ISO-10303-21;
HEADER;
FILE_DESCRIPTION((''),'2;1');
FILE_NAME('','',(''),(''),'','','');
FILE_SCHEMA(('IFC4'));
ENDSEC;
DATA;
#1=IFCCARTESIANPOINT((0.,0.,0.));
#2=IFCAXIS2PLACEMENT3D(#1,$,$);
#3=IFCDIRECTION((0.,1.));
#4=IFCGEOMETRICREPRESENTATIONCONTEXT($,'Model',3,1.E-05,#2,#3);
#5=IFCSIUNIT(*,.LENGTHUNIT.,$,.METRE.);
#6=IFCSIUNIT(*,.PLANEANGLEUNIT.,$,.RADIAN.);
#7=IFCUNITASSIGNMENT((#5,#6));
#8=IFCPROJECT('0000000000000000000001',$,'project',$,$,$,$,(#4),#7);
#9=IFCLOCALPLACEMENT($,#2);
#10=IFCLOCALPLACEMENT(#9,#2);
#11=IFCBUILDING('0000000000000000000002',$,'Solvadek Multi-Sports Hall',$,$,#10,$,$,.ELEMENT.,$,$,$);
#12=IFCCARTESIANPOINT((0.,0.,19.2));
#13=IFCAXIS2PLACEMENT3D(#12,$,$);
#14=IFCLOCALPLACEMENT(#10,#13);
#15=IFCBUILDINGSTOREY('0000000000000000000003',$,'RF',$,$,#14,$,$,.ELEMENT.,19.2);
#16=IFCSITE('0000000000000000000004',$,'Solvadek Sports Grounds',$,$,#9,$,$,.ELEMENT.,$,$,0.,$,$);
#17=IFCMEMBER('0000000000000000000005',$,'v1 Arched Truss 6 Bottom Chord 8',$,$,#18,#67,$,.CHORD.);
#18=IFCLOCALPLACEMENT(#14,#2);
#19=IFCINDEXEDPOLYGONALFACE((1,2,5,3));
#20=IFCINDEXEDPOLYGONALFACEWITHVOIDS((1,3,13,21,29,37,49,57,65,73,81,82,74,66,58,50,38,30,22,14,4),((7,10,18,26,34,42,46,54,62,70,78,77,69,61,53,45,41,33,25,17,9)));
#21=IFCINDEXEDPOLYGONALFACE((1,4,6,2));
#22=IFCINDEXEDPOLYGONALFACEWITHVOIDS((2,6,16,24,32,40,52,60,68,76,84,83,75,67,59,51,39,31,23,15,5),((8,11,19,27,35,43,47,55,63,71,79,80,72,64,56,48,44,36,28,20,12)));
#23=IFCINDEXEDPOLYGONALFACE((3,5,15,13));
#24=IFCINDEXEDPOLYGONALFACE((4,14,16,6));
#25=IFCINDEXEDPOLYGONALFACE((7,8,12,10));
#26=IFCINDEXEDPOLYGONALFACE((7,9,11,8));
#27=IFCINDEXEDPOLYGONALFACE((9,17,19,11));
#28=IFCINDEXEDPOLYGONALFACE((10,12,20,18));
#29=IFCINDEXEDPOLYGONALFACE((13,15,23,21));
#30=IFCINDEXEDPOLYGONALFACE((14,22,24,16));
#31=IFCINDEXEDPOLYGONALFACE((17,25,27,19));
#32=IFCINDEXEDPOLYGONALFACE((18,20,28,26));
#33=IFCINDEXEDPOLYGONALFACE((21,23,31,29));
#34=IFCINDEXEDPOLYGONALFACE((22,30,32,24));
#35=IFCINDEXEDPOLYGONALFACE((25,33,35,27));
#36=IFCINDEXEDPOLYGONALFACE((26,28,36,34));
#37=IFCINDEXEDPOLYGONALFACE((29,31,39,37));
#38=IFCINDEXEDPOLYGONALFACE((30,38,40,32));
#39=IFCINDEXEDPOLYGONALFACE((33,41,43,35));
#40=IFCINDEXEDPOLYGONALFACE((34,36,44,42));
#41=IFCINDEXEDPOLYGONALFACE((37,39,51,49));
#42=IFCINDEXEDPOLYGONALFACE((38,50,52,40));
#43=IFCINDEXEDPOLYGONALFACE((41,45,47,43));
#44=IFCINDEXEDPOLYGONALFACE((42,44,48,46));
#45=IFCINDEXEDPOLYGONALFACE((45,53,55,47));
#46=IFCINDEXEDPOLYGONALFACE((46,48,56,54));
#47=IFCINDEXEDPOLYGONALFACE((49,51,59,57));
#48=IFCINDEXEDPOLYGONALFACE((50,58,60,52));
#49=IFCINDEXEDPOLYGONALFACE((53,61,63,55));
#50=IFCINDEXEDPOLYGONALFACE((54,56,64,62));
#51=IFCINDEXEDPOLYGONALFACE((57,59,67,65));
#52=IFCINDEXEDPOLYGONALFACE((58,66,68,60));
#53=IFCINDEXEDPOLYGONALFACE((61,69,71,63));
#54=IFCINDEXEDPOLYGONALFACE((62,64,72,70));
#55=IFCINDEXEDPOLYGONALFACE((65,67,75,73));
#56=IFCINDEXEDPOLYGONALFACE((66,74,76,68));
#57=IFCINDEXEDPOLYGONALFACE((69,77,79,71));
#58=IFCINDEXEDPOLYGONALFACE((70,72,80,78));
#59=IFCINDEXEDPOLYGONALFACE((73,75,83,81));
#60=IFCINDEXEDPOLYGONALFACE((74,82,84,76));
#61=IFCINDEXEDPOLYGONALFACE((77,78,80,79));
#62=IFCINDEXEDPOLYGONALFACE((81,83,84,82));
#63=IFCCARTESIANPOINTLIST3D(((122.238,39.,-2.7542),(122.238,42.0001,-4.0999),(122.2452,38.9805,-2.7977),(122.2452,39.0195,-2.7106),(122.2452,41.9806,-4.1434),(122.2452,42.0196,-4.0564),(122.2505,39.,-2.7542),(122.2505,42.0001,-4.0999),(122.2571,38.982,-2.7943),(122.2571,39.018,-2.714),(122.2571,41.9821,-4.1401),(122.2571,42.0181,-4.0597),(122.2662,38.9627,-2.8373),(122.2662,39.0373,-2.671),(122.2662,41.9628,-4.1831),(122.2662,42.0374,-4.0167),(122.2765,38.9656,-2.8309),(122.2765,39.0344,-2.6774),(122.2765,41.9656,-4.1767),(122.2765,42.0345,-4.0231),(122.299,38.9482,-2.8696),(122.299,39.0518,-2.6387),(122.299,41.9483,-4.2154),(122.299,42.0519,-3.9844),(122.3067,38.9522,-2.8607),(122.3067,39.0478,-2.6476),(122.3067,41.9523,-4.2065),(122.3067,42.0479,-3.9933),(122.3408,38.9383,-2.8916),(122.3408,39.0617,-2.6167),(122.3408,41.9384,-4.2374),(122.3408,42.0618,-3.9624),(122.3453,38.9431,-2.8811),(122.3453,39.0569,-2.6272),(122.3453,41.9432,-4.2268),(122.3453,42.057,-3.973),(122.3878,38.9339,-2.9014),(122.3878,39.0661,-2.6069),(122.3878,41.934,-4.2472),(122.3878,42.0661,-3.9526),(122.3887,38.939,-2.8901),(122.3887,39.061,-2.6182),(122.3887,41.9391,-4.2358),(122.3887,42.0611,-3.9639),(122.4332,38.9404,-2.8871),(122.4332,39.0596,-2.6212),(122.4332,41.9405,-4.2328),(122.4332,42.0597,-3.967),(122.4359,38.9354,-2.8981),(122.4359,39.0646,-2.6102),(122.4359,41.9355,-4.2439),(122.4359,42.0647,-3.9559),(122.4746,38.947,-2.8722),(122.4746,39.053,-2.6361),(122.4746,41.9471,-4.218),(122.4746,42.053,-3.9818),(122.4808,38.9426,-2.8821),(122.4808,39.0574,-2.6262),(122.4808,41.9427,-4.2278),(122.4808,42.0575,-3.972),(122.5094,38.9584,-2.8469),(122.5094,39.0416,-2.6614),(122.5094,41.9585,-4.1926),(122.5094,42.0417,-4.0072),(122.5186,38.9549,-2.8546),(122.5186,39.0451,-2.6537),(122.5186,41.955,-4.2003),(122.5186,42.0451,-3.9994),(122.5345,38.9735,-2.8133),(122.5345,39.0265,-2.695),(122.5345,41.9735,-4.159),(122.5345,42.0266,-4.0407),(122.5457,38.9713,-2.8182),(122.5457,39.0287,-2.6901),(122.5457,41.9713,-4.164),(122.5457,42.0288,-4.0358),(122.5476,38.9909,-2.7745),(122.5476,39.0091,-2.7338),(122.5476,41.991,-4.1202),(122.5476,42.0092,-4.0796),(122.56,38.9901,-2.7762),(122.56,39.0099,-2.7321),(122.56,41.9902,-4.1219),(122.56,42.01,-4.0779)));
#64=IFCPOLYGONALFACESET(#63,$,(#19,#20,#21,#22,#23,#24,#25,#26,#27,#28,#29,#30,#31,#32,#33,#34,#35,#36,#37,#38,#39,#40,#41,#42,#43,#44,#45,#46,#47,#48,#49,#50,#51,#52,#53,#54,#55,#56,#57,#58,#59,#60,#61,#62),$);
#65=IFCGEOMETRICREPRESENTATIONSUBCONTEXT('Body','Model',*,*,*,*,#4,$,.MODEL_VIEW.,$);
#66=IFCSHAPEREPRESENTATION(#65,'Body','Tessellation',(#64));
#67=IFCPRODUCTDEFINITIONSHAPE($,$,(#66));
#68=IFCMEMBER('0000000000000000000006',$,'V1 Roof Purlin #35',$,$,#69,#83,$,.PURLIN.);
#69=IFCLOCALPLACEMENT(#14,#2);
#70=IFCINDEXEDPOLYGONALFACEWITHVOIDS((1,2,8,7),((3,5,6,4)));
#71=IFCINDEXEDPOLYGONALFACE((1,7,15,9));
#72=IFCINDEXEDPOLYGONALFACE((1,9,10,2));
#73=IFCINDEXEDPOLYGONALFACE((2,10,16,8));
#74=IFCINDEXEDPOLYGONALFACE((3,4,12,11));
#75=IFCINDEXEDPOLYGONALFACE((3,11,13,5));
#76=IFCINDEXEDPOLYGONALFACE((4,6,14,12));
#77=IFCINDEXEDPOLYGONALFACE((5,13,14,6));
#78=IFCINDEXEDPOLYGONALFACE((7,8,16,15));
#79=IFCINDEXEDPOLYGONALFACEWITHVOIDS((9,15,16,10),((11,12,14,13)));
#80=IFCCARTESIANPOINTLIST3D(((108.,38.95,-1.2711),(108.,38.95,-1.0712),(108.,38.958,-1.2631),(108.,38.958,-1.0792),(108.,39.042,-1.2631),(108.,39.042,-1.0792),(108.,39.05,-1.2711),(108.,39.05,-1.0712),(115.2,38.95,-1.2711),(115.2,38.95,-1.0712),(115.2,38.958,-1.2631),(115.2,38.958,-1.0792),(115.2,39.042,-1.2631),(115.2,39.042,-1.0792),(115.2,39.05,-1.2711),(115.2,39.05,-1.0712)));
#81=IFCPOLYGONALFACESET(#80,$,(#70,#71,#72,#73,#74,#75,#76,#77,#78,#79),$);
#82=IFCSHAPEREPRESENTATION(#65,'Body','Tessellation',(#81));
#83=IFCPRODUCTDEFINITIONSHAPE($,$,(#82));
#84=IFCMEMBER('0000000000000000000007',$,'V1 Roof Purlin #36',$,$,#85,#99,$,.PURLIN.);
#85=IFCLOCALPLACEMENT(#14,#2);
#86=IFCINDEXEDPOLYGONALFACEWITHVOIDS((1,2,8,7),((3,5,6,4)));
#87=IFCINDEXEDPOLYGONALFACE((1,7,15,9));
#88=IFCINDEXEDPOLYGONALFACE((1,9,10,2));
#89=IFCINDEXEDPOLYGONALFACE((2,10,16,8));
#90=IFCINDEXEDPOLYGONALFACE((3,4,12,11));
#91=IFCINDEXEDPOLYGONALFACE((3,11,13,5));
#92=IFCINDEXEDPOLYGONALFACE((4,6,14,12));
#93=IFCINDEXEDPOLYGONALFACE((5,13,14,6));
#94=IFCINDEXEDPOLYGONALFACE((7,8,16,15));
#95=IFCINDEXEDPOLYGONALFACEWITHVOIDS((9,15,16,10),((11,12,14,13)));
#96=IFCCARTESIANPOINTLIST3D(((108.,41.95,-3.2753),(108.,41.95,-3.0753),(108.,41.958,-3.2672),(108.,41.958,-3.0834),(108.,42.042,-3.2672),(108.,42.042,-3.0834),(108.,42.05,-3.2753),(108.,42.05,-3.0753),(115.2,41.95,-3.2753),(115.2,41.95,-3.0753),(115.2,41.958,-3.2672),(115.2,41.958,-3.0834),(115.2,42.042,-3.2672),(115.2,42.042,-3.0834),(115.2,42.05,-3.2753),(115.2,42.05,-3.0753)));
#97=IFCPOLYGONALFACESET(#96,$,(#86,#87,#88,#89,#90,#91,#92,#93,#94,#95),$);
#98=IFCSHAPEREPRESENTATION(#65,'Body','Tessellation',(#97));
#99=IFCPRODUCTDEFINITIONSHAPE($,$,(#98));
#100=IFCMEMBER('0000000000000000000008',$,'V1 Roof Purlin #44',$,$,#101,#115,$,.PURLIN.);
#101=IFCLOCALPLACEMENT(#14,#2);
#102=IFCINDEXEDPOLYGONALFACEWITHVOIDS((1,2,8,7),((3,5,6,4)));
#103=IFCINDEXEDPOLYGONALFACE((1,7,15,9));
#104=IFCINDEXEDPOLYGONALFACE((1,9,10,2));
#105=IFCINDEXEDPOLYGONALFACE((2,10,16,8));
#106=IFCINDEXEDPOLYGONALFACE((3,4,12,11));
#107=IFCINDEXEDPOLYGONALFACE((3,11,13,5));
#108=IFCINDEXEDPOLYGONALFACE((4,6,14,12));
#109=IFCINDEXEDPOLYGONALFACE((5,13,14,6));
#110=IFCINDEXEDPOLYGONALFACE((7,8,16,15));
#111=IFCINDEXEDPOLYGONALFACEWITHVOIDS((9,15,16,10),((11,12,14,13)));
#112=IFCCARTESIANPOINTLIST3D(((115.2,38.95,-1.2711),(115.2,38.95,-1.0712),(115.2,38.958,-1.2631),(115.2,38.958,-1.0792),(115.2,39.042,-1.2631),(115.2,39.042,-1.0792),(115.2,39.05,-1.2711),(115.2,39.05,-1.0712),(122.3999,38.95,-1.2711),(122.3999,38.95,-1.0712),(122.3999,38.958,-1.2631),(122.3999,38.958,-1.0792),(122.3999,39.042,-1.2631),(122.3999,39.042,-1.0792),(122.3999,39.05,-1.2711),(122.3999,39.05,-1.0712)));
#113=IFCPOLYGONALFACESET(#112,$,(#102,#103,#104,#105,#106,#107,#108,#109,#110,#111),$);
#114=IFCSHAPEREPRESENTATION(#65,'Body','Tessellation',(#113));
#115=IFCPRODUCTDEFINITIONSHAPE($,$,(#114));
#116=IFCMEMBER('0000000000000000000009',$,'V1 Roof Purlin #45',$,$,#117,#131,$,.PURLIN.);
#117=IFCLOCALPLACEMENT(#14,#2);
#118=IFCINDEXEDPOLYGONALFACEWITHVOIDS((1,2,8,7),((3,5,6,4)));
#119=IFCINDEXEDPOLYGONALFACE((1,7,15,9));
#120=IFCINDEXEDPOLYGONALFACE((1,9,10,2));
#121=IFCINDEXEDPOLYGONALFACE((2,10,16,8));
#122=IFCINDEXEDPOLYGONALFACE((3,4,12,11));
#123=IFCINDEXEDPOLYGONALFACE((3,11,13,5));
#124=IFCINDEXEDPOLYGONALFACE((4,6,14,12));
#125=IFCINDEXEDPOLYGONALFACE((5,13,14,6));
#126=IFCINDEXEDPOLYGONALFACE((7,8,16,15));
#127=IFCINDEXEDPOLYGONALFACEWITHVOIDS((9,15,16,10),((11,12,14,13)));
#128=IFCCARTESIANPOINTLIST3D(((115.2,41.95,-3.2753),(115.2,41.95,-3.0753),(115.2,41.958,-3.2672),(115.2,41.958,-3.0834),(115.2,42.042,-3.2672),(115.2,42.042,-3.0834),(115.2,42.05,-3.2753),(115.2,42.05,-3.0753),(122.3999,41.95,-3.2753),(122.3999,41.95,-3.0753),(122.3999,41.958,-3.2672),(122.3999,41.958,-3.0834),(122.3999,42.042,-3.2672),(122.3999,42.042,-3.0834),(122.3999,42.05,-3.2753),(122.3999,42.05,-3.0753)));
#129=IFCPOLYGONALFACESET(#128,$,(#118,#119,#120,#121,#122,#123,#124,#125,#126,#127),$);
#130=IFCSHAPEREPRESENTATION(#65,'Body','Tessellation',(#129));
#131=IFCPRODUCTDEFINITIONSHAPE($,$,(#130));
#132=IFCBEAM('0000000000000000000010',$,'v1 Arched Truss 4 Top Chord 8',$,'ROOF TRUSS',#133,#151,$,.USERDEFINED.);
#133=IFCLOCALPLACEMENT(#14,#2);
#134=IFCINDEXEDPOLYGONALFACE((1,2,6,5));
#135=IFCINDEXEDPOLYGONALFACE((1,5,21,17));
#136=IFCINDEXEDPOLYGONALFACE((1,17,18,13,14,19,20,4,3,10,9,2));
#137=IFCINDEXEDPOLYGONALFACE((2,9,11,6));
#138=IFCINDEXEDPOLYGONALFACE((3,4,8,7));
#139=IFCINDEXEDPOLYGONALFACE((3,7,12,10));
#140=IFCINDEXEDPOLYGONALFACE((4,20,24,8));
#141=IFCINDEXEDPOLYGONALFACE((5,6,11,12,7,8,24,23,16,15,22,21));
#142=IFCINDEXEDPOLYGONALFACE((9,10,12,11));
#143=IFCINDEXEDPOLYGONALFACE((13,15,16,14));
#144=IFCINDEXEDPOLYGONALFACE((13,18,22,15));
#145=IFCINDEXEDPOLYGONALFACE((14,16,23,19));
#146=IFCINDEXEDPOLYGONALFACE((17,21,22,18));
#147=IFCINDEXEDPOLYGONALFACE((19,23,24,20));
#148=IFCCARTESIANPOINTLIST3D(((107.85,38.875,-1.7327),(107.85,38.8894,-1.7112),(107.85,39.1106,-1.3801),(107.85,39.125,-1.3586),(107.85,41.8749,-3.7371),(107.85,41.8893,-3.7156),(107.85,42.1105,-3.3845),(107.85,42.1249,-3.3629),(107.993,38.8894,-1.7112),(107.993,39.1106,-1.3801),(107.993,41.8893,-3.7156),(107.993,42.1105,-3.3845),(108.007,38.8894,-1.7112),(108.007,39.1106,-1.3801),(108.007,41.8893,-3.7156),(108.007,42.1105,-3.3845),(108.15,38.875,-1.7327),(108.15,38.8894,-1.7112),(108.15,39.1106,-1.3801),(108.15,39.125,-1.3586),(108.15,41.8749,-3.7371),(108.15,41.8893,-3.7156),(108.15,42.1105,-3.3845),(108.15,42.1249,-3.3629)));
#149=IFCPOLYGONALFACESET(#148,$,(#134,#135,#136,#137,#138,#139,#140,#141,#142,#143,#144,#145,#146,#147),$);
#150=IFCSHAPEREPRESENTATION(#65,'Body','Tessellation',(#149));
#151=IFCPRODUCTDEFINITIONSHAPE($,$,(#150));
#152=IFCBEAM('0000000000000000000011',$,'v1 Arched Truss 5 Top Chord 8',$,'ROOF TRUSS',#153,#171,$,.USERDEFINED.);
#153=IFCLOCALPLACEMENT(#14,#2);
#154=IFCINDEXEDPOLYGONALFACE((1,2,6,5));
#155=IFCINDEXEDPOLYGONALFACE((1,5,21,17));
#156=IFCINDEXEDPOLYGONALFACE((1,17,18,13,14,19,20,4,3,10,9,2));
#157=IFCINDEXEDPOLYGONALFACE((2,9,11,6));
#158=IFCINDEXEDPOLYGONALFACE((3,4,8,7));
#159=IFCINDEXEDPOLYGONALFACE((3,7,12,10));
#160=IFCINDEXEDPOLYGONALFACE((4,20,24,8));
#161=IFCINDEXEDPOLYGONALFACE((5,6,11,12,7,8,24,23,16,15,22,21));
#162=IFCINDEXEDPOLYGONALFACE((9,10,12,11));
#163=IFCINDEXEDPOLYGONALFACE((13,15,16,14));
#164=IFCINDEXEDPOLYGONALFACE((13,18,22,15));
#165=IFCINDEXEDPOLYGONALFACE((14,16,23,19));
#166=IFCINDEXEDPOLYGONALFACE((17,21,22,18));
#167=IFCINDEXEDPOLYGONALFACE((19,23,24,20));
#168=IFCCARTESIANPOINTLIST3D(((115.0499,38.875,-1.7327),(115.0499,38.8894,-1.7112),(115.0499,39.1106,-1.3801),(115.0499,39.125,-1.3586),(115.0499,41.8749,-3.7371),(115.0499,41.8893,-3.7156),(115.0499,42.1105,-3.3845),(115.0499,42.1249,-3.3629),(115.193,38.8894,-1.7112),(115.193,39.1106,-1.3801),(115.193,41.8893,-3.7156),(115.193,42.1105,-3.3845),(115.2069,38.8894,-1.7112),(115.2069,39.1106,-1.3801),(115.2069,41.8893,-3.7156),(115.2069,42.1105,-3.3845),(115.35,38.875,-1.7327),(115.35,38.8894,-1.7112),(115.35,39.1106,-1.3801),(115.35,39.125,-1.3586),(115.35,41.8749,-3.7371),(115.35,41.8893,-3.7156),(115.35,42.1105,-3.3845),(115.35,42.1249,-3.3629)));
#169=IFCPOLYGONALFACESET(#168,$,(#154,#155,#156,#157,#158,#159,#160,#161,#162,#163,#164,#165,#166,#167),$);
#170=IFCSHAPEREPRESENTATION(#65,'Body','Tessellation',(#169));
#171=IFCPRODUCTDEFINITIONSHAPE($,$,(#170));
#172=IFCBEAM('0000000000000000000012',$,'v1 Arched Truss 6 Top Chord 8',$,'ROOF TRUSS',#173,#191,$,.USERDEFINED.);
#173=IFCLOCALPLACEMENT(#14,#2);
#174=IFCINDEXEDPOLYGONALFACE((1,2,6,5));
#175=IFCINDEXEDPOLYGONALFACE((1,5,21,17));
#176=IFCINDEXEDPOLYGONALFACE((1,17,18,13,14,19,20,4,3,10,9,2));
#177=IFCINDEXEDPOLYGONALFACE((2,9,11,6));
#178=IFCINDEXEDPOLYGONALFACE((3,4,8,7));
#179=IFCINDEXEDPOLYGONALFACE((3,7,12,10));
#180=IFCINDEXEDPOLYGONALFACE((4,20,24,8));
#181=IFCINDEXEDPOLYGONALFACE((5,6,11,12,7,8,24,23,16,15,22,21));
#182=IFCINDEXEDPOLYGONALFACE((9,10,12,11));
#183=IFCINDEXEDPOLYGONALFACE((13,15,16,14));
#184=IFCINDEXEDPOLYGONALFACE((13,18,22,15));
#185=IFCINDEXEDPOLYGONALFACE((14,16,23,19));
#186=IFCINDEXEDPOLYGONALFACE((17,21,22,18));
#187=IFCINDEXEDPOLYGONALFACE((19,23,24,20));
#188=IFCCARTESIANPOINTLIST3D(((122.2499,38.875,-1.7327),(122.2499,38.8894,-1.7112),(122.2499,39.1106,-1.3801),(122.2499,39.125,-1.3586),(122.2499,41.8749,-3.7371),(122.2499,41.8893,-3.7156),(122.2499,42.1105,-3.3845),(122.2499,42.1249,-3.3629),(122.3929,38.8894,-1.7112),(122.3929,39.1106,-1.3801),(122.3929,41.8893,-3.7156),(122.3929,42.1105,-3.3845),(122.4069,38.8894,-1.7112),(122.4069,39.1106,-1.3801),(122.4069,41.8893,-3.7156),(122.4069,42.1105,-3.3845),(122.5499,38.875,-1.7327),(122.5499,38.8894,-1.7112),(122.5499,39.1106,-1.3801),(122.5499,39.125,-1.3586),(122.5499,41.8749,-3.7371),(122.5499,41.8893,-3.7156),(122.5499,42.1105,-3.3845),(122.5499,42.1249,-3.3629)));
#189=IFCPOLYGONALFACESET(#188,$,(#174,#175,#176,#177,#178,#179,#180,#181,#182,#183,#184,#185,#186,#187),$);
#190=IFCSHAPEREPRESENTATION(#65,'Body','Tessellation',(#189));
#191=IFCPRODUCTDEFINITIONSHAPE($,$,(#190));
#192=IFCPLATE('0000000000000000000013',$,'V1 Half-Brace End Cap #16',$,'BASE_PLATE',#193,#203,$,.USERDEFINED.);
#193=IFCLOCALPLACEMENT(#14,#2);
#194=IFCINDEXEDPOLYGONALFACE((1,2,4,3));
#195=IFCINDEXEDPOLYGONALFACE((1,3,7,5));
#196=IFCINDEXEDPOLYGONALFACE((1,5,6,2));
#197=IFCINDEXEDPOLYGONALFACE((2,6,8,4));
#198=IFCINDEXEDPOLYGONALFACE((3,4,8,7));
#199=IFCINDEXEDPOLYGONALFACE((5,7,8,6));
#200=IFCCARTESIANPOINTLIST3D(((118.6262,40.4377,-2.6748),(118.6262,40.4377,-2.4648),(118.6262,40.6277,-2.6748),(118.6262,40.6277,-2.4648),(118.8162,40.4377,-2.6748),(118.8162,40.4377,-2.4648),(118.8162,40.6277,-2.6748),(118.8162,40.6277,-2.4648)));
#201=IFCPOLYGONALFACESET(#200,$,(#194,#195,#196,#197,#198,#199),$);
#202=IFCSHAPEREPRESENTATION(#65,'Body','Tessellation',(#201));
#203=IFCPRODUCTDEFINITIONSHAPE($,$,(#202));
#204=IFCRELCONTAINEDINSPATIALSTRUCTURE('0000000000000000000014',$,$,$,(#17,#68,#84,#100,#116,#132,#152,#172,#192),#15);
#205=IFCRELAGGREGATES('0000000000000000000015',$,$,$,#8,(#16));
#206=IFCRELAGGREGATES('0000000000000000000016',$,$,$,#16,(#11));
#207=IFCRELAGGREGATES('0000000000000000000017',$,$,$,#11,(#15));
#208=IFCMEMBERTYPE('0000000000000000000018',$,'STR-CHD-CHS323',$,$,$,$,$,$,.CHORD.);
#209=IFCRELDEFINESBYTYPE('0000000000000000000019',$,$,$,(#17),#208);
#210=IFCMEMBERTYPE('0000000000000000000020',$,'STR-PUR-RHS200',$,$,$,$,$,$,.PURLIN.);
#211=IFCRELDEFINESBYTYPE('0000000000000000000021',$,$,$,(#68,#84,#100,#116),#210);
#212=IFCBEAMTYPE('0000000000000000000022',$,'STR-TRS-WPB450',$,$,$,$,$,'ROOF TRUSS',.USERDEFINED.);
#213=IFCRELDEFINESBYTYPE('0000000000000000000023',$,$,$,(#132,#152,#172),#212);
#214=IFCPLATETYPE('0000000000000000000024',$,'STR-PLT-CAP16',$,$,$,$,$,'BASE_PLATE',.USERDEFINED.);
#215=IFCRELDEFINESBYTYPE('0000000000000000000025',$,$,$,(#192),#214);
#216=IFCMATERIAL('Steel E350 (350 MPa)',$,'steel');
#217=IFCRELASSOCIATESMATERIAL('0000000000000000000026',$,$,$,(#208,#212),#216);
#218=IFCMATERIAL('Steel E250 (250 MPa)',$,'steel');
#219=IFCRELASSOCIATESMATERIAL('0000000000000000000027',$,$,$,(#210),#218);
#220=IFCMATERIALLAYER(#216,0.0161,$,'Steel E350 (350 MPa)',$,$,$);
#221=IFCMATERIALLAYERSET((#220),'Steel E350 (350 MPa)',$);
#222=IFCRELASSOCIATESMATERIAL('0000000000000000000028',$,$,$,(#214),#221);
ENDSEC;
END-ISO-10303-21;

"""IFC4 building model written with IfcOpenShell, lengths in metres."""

from ifc_helpers import new_model, si_unit, direction, frame, origin, origin_2d, place, context, subcontext, project, spatial, rectangle, hollow_rectangle, hollow_circle, i_section, extrude, material, layer, layer_set, material_profile, profile_set, type_object, element, save


model = new_model("IFC4")

# Units and contexts
model_context = context("Model", 3, precision=1e-05, world=origin(), true_north=direction((0.0, 1.0)))
body_context = subcontext(model_context, "Body", "Model", "MODEL_VIEW")
ifc_project = project(units=[si_unit("LENGTHUNIT", "METRE"), si_unit("PLANEANGLEUNIT", "RADIAN")], contexts=[model_context])

# Site, building, storey
site_placement = place(None, origin())
site = spatial("IfcSite", under=ifc_project, at=site_placement, Name="Solvadek Sports Grounds", CompositionType="ELEMENT", RefElevation=0.0)
building_placement = place(site_placement, origin())
building = spatial("IfcBuilding", under=site, at=building_placement, Name="Solvadek Multi-Sports Hall", CompositionType="ELEMENT")
storey_placement = place(building_placement, frame((0.0, 0.0, 19.2)))
storey = spatial("IfcBuildingStorey", under=building, at=storey_placement, Name="RF", CompositionType="ELEMENT", Elevation=19.2)

# Shared definitions
ifc_material_1 = material(Name="Steel E350 (350 MPa)", Category="steel")

# Members
ifc_material_profile_1 = material_profile(ifc_material_1, hollow_circle(Radius=0.1619, WallThickness=0.0125, at=origin_2d()), Name="CHS 323.9x12.5")
ifc_profile_set_1 = profile_set([ifc_material_profile_1], Name="Steel E350 (350 MPa)")
member_type_1 = type_object("IfcMemberType", Name="STR-CHD-CHS323", PredefinedType="CHORD", material=ifc_profile_set_1)
for number, where, z_axis, x_axis, name in (
    (1, (122.3999, 39.0, -2.7542), (0.0, 0.91241, -0.409278), (-1.0, 0.0, 0.0), "v1 Arched Truss 6 Bottom Chord 8"),
):
    element("IfcMember", number, at=place(storey_placement, frame(where, z_axis=z_axis, x_axis=x_axis)), inside=storey, type_object=member_type_1, Name=name, PredefinedType="CHORD", context=body_context, shape_type="SweptSolid", body=[
        extrude(hollow_circle(Radius=0.1619, WallThickness=0.0125, at=origin_2d()), origin(), (0.0, 0.0, 1.0), 3.2881),
    ])
ifc_material_2 = material(Name="Steel E250 (250 MPa)", Category="steel")
ifc_material_profile_2 = material_profile(ifc_material_2, hollow_rectangle(XDim=0.1001, YDim=0.2, WallThickness=0.0081, at=origin_2d()), Name="RHS 200x100x8")
ifc_profile_set_2 = profile_set([ifc_material_profile_2], Name="Steel E250 (250 MPa)")
member_type_2 = type_object("IfcMemberType", Name="STR-PUR-RHS200", PredefinedType="PURLIN", material=ifc_profile_set_2)
for number, where, z_axis, x_axis, name in (
    (2, (108.0, 39.0, -1.1711), (1.0, 0.0, 0.0), (0.0, 1.0, 0.0), "V1 Roof Purlin #35"),
    (3, (108.0, 42.0, -3.1753), (1.0, 0.0, 0.0), (0.0, 1.0, 0.0), "V1 Roof Purlin #36"),
    (4, (115.2, 39.0, -1.1711), (1.0, 0.0, 0.0), (0.0, 1.0, 0.0), "V1 Roof Purlin #44"),
    (5, (115.2, 42.0, -3.1753), (1.0, 0.0, 0.0), (0.0, 1.0, 0.0), "V1 Roof Purlin #45"),
):
    element("IfcMember", number, at=place(storey_placement, frame(where, z_axis=z_axis, x_axis=x_axis)), inside=storey, type_object=member_type_2, Name=name, PredefinedType="PURLIN", context=body_context, shape_type="SweptSolid", body=[
        extrude(hollow_rectangle(XDim=0.1001, YDim=0.2, WallThickness=0.0081, at=origin_2d()), origin(), (0.0, 0.0, 1.0), 7.2),
    ])

# Beams
ifc_material_profile_3 = material_profile(ifc_material_1, i_section(OverallWidth=0.3, OverallDepth=0.45, WebThickness=0.0139, FlangeThickness=0.0259, at=origin_2d()), Name="WPB 450")
ifc_profile_set_3 = profile_set([ifc_material_profile_3], Name="Steel E350 (350 MPa)")
beam_type = type_object("IfcBeamType", Name="STR-TRS-WPB450", ElementType="ROOF TRUSS", PredefinedType="USERDEFINED", material=ifc_profile_set_3)
for number, where, z_axis, x_axis, name in (
    (6, (108.0, 39.0, -1.5457), (0.0, 0.831488, -0.555543), (-1.0, 0.0, 0.0), "v1 Arched Truss 4 Top Chord 8"),
    (7, (115.2, 39.0, -1.5457), (0.0, 0.831488, -0.555543), (-1.0, 0.0, 0.0), "v1 Arched Truss 5 Top Chord 8"),
    (8, (122.3999, 39.0, -1.5457), (0.0, 0.831488, -0.555543), (-1.0, 0.0, 0.0), "v1 Arched Truss 6 Top Chord 8"),
):
    element("IfcBeam", number, at=place(storey_placement, frame(where, z_axis=z_axis, x_axis=x_axis)), inside=storey, type_object=beam_type, Name=name, ObjectType="ROOF TRUSS", PredefinedType="USERDEFINED", context=body_context, shape_type="SweptSolid", body=[
        extrude(i_section(OverallWidth=0.3, OverallDepth=0.45, WebThickness=0.0139, FlangeThickness=0.0259, at=origin_2d()), origin(), (0.0, 0.0, 1.0), 3.6079),
    ])

# Plate
ifc_layer_1 = layer(ifc_material_1, 0.0161, Name="Steel E350 (350 MPa)")
ifc_layer_set_1 = layer_set([ifc_layer_1], Name="Steel E350 (350 MPa)")
plate_type_1 = type_object("IfcPlateType", Name="STR-PLT-CAP16", ElementType="BASE_PLATE", PredefinedType="USERDEFINED", material=ifc_layer_set_1)
for number, where, z_axis, x_axis, name in (
    (9, (118.7212, 40.5327, -2.6748), (0.0, 0.0, 1.0), (1.0, 0.0, 0.0), "V1 Half-Brace End Cap #16"),
):
    element("IfcPlate", number, at=place(storey_placement, frame(where, z_axis=z_axis, x_axis=x_axis)), inside=storey, type_object=plate_type_1, Name=name, ObjectType="BASE_PLATE", PredefinedType="USERDEFINED", context=body_context, shape_type="SweptSolid", body=[
        extrude(rectangle(XDim=0.1899, YDim=0.1899, at=origin_2d()), origin(), (0.0, 0.0, 1.0), 0.21),
    ])

save(model, "model.ifc")
